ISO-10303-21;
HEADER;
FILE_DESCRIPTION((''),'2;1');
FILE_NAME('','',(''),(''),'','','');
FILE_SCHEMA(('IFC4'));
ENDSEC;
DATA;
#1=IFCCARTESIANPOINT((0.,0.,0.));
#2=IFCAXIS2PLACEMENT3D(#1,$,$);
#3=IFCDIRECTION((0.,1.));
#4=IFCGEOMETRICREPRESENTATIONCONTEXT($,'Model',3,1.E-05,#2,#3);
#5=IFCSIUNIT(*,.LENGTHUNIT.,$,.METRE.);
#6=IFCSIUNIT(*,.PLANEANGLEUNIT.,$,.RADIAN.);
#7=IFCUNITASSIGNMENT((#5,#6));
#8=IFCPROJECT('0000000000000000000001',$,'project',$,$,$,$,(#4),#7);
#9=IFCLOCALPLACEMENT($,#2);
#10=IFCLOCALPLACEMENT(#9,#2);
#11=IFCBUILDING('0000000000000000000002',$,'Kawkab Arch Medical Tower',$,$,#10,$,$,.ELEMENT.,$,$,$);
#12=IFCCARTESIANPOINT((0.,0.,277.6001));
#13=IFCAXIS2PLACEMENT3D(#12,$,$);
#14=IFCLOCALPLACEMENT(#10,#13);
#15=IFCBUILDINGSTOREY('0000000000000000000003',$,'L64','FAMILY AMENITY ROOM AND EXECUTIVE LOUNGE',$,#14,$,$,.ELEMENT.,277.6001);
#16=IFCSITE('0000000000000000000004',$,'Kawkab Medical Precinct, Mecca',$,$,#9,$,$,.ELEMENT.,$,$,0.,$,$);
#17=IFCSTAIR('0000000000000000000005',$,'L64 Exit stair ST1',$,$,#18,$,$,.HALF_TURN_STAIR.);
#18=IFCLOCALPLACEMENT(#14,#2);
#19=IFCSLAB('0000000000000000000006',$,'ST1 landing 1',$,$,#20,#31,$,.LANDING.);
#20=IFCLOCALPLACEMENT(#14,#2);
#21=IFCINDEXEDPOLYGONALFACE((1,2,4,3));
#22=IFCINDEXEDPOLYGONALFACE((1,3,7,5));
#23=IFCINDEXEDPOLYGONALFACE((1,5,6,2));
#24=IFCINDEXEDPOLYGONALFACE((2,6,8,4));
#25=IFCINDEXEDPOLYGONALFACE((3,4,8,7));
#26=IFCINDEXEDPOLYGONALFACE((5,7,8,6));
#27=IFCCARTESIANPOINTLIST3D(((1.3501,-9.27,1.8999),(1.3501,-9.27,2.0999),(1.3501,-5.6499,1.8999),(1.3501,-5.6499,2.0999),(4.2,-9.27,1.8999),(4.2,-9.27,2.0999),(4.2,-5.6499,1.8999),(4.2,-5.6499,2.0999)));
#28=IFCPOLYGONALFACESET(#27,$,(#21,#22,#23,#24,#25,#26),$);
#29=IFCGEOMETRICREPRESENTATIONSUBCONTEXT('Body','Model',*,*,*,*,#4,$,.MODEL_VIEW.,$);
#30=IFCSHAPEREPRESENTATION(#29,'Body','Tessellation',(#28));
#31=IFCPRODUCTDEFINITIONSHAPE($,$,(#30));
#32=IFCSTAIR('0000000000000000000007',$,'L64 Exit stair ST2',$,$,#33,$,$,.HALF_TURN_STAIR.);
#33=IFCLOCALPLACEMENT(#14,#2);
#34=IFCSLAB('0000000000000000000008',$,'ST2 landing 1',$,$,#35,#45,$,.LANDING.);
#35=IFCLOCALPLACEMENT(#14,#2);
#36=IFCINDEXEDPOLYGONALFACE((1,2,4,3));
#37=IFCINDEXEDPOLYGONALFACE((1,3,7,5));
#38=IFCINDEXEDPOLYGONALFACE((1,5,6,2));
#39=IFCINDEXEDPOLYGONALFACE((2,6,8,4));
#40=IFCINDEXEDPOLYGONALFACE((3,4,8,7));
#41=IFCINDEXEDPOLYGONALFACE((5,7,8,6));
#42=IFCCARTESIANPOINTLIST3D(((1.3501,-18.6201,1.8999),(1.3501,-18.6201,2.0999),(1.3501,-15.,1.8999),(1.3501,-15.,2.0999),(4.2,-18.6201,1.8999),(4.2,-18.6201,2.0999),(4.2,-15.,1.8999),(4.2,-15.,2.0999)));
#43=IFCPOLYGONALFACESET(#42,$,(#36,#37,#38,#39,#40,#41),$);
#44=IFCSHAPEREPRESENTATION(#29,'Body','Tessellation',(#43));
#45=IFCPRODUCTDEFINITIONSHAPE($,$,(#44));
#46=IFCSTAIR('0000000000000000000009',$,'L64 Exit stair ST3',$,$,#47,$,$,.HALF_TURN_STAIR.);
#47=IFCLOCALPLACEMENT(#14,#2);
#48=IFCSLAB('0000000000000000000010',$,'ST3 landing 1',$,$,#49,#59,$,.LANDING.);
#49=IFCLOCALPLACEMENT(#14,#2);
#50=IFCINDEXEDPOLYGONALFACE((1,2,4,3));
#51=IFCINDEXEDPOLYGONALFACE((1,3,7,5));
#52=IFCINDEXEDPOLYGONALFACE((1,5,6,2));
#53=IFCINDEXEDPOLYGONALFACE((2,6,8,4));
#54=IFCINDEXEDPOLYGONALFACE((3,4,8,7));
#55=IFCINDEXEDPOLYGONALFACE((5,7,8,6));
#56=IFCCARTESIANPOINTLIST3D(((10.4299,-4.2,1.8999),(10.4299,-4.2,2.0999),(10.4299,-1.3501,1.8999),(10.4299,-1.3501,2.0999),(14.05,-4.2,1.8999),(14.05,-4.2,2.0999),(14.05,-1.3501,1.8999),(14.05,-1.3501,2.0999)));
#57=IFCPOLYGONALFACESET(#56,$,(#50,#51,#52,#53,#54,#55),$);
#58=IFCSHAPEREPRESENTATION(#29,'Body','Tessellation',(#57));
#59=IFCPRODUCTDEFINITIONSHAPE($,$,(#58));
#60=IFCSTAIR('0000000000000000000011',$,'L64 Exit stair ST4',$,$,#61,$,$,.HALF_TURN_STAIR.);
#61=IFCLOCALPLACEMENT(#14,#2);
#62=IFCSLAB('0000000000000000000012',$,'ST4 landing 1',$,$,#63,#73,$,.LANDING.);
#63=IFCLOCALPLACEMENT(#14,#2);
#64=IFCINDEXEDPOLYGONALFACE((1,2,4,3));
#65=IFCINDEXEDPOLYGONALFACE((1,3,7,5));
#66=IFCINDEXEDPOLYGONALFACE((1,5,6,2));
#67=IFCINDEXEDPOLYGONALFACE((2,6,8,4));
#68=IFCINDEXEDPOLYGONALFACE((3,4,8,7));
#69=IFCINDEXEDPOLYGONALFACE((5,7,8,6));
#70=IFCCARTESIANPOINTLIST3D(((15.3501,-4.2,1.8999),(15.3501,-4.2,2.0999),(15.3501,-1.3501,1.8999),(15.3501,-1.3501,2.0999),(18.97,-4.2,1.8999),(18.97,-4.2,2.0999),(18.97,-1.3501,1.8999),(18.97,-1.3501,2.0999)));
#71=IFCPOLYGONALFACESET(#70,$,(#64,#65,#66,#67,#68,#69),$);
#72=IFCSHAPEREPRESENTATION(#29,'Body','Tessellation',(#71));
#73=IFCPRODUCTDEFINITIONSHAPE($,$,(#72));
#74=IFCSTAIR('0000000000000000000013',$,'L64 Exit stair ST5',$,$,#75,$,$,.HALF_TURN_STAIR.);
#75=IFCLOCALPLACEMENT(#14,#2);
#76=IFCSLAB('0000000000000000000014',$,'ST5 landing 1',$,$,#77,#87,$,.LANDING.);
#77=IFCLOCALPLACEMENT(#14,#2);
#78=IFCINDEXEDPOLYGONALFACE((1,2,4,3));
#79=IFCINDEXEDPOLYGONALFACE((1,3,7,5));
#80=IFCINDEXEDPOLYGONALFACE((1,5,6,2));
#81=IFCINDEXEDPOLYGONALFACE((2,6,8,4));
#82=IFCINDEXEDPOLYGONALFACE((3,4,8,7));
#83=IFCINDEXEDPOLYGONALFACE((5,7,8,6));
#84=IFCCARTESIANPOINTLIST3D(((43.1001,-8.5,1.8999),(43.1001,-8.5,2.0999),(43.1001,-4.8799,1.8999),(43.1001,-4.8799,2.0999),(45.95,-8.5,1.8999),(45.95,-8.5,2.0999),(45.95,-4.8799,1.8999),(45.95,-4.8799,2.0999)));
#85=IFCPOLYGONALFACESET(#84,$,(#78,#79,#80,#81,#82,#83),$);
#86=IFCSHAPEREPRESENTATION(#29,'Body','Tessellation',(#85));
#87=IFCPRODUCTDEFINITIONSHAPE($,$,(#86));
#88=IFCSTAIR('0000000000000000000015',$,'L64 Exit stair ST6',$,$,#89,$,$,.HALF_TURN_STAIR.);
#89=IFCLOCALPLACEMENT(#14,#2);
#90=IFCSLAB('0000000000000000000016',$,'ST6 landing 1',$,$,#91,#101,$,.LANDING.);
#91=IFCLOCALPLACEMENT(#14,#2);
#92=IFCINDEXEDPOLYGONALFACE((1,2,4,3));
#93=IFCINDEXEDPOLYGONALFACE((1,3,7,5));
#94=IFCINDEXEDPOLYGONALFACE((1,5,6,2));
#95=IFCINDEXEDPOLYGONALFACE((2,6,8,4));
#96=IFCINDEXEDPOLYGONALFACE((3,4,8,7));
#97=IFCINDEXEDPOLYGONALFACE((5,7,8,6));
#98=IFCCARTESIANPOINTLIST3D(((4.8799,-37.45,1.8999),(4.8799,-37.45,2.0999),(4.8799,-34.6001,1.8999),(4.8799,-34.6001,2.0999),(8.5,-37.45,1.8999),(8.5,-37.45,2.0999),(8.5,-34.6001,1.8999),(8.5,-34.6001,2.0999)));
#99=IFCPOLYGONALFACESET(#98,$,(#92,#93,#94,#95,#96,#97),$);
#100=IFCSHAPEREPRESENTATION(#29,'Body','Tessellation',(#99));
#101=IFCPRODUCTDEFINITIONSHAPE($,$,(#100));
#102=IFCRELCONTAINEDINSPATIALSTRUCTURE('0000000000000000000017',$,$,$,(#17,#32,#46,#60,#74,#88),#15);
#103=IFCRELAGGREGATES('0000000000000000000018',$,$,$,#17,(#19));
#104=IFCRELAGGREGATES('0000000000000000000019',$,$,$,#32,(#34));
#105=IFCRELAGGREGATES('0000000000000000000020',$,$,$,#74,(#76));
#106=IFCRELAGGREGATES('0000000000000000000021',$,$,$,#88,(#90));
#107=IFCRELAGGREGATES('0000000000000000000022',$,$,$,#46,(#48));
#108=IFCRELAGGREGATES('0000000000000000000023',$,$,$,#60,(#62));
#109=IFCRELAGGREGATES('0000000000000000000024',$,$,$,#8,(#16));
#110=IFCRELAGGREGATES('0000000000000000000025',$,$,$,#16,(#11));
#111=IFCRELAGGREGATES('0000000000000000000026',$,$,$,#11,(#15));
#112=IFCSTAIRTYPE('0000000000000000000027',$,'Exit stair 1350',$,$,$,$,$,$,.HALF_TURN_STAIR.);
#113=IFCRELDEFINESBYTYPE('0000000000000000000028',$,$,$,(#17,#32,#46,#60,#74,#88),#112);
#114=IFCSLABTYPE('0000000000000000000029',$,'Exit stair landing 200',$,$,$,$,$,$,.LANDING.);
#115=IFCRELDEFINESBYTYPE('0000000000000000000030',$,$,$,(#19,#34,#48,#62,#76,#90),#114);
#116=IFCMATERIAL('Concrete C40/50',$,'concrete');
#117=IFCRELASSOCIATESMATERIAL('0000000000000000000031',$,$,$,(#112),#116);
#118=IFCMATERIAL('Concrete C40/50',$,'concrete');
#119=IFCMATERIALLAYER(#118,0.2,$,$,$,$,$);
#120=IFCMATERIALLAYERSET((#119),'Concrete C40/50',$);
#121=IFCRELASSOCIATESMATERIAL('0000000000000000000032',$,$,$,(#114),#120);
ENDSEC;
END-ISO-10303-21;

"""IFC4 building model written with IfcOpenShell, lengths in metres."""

from ifc_helpers import new_model, si_unit, direction, frame, origin, place, context, subcontext, project, spatial, polyline, outline, extrude, material, layer, layer_set, type_object, element, aggregate, save


model = new_model("IFC4")

# Units and contexts
model_context = context("Model", 3, precision=1e-05, world=origin(), true_north=direction((0.0, 1.0)))
body_context = subcontext(model_context, "Body", "Model", "MODEL_VIEW")
ifc_project = project(units=[si_unit("LENGTHUNIT", "METRE"), si_unit("PLANEANGLEUNIT", "RADIAN")], contexts=[model_context])

# Site, building, storey
site_placement = place(None, origin())
site = spatial("IfcSite", under=ifc_project, at=site_placement, Name="Kawkab Medical Precinct, Mecca", CompositionType="ELEMENT", RefElevation=0.0)
building_placement = place(site_placement, origin())
building = spatial("IfcBuilding", under=site, at=building_placement, Name="Kawkab Arch Medical Tower", CompositionType="ELEMENT")
storey_placement = place(building_placement, frame((0.0, 0.0, 277.6001)))
storey = spatial("IfcBuildingStorey", under=building, at=storey_placement, Name="L64", Description="FAMILY AMENITY ROOM AND EXECUTIVE LOUNGE", CompositionType="ELEMENT", Elevation=277.6001)

# Shared definitions
placement_1 = place(storey_placement, origin())

# Stairs, slabs
ifc_material_1 = material(Name="Concrete C40/50", Category="concrete")
stair_type = type_object("IfcStairType", Name="Exit stair 1350", PredefinedType="HALF_TURN_STAIR", material=ifc_material_1)
stair_1 = element("IfcStair", 1, at=placement_1, inside=storey, type_object=stair_type, Name="L64 Exit stair ST1", PredefinedType="HALF_TURN_STAIR")
ifc_material_2 = material(Name="Concrete C40/50", Category="concrete")
ifc_layer_1 = layer(ifc_material_2, 0.2)
ifc_layer_set_1 = layer_set([ifc_layer_1], Name="Concrete C40/50")
slab_type_1 = type_object("IfcSlabType", Name="Exit stair landing 200", PredefinedType="LANDING", material=ifc_layer_set_1)
placement_2 = place(storey_placement, frame((0.0, 0.0, 1.8999)))
slab_1 = element("IfcSlab", 2, at=placement_2, type_object=slab_type_1, Name="ST1 landing 1", PredefinedType="LANDING", context=body_context, shape_type="SweptSolid", body=[
    extrude(outline(polyline([(4.2, -9.27), (4.2, -5.6499), (1.3501, -5.6499), (1.3501, -9.27), (4.2, -9.27)])), origin(), (0.0, 0.0, 1.0), 0.2),
])
aggregate(stair_1, [slab_1])
stair_2 = element("IfcStair", 3, at=placement_1, inside=storey, type_object=stair_type, Name="L64 Exit stair ST2", PredefinedType="HALF_TURN_STAIR")
slab_2 = element("IfcSlab", 4, at=placement_2, type_object=slab_type_1, Name="ST2 landing 1", PredefinedType="LANDING", context=body_context, shape_type="SweptSolid", body=[
    extrude(outline(polyline([(4.2, -18.6201), (4.2, -15.0), (1.3501, -15.0), (1.3501, -18.6201), (4.2, -18.6201)])), origin(), (0.0, 0.0, 1.0), 0.2),
])
aggregate(stair_2, [slab_2])
stair_3 = element("IfcStair", 5, at=placement_1, inside=storey, type_object=stair_type, Name="L64 Exit stair ST3", PredefinedType="HALF_TURN_STAIR")
slab_3 = element("IfcSlab", 6, at=placement_2, type_object=slab_type_1, Name="ST3 landing 1", PredefinedType="LANDING", context=body_context, shape_type="SweptSolid", body=[
    extrude(outline(polyline([(10.4299, -4.2), (14.05, -4.2), (14.05, -1.3501), (10.4299, -1.3501), (10.4299, -4.2)])), origin(), (0.0, 0.0, 1.0), 0.2),
])
stair_4 = element("IfcStair", 7, at=placement_1, inside=storey, type_object=stair_type, Name="L64 Exit stair ST4", PredefinedType="HALF_TURN_STAIR")
slab_4 = element("IfcSlab", 8, at=placement_2, type_object=slab_type_1, Name="ST4 landing 1", PredefinedType="LANDING", context=body_context, shape_type="SweptSolid", body=[
    extrude(outline(polyline([(18.97, -1.3501), (15.3501, -1.3501), (15.3501, -4.2), (18.97, -4.2), (18.97, -1.3501)])), origin(), (0.0, 0.0, 1.0), 0.2),
])
stair_5 = element("IfcStair", 9, at=placement_1, inside=storey, type_object=stair_type, Name="L64 Exit stair ST5", PredefinedType="HALF_TURN_STAIR")
slab_5 = element("IfcSlab", 10, at=placement_2, type_object=slab_type_1, Name="ST5 landing 1", PredefinedType="LANDING", context=body_context, shape_type="SweptSolid", body=[
    extrude(outline(polyline([(43.1001, -4.8799), (43.1001, -8.5), (45.95, -8.5), (45.95, -4.8799), (43.1001, -4.8799)])), origin(), (0.0, 0.0, 1.0), 0.2),
])
aggregate(stair_5, [slab_5])
stair_6 = element("IfcStair", 11, at=placement_1, inside=storey, type_object=stair_type, Name="L64 Exit stair ST6", PredefinedType="HALF_TURN_STAIR")
slab_6 = element("IfcSlab", 12, at=placement_2, type_object=slab_type_1, Name="ST6 landing 1", PredefinedType="LANDING", context=body_context, shape_type="SweptSolid", body=[
    extrude(outline(polyline([(4.8799, -37.45), (8.5, -37.45), (8.5, -34.6001), (4.8799, -34.6001), (4.8799, -37.45)])), origin(), (0.0, 0.0, 1.0), 0.2),
])
aggregate(stair_6, [slab_6])

aggregate(stair_3, [slab_3])
aggregate(stair_4, [slab_4])

save(model, "model.ifc")
